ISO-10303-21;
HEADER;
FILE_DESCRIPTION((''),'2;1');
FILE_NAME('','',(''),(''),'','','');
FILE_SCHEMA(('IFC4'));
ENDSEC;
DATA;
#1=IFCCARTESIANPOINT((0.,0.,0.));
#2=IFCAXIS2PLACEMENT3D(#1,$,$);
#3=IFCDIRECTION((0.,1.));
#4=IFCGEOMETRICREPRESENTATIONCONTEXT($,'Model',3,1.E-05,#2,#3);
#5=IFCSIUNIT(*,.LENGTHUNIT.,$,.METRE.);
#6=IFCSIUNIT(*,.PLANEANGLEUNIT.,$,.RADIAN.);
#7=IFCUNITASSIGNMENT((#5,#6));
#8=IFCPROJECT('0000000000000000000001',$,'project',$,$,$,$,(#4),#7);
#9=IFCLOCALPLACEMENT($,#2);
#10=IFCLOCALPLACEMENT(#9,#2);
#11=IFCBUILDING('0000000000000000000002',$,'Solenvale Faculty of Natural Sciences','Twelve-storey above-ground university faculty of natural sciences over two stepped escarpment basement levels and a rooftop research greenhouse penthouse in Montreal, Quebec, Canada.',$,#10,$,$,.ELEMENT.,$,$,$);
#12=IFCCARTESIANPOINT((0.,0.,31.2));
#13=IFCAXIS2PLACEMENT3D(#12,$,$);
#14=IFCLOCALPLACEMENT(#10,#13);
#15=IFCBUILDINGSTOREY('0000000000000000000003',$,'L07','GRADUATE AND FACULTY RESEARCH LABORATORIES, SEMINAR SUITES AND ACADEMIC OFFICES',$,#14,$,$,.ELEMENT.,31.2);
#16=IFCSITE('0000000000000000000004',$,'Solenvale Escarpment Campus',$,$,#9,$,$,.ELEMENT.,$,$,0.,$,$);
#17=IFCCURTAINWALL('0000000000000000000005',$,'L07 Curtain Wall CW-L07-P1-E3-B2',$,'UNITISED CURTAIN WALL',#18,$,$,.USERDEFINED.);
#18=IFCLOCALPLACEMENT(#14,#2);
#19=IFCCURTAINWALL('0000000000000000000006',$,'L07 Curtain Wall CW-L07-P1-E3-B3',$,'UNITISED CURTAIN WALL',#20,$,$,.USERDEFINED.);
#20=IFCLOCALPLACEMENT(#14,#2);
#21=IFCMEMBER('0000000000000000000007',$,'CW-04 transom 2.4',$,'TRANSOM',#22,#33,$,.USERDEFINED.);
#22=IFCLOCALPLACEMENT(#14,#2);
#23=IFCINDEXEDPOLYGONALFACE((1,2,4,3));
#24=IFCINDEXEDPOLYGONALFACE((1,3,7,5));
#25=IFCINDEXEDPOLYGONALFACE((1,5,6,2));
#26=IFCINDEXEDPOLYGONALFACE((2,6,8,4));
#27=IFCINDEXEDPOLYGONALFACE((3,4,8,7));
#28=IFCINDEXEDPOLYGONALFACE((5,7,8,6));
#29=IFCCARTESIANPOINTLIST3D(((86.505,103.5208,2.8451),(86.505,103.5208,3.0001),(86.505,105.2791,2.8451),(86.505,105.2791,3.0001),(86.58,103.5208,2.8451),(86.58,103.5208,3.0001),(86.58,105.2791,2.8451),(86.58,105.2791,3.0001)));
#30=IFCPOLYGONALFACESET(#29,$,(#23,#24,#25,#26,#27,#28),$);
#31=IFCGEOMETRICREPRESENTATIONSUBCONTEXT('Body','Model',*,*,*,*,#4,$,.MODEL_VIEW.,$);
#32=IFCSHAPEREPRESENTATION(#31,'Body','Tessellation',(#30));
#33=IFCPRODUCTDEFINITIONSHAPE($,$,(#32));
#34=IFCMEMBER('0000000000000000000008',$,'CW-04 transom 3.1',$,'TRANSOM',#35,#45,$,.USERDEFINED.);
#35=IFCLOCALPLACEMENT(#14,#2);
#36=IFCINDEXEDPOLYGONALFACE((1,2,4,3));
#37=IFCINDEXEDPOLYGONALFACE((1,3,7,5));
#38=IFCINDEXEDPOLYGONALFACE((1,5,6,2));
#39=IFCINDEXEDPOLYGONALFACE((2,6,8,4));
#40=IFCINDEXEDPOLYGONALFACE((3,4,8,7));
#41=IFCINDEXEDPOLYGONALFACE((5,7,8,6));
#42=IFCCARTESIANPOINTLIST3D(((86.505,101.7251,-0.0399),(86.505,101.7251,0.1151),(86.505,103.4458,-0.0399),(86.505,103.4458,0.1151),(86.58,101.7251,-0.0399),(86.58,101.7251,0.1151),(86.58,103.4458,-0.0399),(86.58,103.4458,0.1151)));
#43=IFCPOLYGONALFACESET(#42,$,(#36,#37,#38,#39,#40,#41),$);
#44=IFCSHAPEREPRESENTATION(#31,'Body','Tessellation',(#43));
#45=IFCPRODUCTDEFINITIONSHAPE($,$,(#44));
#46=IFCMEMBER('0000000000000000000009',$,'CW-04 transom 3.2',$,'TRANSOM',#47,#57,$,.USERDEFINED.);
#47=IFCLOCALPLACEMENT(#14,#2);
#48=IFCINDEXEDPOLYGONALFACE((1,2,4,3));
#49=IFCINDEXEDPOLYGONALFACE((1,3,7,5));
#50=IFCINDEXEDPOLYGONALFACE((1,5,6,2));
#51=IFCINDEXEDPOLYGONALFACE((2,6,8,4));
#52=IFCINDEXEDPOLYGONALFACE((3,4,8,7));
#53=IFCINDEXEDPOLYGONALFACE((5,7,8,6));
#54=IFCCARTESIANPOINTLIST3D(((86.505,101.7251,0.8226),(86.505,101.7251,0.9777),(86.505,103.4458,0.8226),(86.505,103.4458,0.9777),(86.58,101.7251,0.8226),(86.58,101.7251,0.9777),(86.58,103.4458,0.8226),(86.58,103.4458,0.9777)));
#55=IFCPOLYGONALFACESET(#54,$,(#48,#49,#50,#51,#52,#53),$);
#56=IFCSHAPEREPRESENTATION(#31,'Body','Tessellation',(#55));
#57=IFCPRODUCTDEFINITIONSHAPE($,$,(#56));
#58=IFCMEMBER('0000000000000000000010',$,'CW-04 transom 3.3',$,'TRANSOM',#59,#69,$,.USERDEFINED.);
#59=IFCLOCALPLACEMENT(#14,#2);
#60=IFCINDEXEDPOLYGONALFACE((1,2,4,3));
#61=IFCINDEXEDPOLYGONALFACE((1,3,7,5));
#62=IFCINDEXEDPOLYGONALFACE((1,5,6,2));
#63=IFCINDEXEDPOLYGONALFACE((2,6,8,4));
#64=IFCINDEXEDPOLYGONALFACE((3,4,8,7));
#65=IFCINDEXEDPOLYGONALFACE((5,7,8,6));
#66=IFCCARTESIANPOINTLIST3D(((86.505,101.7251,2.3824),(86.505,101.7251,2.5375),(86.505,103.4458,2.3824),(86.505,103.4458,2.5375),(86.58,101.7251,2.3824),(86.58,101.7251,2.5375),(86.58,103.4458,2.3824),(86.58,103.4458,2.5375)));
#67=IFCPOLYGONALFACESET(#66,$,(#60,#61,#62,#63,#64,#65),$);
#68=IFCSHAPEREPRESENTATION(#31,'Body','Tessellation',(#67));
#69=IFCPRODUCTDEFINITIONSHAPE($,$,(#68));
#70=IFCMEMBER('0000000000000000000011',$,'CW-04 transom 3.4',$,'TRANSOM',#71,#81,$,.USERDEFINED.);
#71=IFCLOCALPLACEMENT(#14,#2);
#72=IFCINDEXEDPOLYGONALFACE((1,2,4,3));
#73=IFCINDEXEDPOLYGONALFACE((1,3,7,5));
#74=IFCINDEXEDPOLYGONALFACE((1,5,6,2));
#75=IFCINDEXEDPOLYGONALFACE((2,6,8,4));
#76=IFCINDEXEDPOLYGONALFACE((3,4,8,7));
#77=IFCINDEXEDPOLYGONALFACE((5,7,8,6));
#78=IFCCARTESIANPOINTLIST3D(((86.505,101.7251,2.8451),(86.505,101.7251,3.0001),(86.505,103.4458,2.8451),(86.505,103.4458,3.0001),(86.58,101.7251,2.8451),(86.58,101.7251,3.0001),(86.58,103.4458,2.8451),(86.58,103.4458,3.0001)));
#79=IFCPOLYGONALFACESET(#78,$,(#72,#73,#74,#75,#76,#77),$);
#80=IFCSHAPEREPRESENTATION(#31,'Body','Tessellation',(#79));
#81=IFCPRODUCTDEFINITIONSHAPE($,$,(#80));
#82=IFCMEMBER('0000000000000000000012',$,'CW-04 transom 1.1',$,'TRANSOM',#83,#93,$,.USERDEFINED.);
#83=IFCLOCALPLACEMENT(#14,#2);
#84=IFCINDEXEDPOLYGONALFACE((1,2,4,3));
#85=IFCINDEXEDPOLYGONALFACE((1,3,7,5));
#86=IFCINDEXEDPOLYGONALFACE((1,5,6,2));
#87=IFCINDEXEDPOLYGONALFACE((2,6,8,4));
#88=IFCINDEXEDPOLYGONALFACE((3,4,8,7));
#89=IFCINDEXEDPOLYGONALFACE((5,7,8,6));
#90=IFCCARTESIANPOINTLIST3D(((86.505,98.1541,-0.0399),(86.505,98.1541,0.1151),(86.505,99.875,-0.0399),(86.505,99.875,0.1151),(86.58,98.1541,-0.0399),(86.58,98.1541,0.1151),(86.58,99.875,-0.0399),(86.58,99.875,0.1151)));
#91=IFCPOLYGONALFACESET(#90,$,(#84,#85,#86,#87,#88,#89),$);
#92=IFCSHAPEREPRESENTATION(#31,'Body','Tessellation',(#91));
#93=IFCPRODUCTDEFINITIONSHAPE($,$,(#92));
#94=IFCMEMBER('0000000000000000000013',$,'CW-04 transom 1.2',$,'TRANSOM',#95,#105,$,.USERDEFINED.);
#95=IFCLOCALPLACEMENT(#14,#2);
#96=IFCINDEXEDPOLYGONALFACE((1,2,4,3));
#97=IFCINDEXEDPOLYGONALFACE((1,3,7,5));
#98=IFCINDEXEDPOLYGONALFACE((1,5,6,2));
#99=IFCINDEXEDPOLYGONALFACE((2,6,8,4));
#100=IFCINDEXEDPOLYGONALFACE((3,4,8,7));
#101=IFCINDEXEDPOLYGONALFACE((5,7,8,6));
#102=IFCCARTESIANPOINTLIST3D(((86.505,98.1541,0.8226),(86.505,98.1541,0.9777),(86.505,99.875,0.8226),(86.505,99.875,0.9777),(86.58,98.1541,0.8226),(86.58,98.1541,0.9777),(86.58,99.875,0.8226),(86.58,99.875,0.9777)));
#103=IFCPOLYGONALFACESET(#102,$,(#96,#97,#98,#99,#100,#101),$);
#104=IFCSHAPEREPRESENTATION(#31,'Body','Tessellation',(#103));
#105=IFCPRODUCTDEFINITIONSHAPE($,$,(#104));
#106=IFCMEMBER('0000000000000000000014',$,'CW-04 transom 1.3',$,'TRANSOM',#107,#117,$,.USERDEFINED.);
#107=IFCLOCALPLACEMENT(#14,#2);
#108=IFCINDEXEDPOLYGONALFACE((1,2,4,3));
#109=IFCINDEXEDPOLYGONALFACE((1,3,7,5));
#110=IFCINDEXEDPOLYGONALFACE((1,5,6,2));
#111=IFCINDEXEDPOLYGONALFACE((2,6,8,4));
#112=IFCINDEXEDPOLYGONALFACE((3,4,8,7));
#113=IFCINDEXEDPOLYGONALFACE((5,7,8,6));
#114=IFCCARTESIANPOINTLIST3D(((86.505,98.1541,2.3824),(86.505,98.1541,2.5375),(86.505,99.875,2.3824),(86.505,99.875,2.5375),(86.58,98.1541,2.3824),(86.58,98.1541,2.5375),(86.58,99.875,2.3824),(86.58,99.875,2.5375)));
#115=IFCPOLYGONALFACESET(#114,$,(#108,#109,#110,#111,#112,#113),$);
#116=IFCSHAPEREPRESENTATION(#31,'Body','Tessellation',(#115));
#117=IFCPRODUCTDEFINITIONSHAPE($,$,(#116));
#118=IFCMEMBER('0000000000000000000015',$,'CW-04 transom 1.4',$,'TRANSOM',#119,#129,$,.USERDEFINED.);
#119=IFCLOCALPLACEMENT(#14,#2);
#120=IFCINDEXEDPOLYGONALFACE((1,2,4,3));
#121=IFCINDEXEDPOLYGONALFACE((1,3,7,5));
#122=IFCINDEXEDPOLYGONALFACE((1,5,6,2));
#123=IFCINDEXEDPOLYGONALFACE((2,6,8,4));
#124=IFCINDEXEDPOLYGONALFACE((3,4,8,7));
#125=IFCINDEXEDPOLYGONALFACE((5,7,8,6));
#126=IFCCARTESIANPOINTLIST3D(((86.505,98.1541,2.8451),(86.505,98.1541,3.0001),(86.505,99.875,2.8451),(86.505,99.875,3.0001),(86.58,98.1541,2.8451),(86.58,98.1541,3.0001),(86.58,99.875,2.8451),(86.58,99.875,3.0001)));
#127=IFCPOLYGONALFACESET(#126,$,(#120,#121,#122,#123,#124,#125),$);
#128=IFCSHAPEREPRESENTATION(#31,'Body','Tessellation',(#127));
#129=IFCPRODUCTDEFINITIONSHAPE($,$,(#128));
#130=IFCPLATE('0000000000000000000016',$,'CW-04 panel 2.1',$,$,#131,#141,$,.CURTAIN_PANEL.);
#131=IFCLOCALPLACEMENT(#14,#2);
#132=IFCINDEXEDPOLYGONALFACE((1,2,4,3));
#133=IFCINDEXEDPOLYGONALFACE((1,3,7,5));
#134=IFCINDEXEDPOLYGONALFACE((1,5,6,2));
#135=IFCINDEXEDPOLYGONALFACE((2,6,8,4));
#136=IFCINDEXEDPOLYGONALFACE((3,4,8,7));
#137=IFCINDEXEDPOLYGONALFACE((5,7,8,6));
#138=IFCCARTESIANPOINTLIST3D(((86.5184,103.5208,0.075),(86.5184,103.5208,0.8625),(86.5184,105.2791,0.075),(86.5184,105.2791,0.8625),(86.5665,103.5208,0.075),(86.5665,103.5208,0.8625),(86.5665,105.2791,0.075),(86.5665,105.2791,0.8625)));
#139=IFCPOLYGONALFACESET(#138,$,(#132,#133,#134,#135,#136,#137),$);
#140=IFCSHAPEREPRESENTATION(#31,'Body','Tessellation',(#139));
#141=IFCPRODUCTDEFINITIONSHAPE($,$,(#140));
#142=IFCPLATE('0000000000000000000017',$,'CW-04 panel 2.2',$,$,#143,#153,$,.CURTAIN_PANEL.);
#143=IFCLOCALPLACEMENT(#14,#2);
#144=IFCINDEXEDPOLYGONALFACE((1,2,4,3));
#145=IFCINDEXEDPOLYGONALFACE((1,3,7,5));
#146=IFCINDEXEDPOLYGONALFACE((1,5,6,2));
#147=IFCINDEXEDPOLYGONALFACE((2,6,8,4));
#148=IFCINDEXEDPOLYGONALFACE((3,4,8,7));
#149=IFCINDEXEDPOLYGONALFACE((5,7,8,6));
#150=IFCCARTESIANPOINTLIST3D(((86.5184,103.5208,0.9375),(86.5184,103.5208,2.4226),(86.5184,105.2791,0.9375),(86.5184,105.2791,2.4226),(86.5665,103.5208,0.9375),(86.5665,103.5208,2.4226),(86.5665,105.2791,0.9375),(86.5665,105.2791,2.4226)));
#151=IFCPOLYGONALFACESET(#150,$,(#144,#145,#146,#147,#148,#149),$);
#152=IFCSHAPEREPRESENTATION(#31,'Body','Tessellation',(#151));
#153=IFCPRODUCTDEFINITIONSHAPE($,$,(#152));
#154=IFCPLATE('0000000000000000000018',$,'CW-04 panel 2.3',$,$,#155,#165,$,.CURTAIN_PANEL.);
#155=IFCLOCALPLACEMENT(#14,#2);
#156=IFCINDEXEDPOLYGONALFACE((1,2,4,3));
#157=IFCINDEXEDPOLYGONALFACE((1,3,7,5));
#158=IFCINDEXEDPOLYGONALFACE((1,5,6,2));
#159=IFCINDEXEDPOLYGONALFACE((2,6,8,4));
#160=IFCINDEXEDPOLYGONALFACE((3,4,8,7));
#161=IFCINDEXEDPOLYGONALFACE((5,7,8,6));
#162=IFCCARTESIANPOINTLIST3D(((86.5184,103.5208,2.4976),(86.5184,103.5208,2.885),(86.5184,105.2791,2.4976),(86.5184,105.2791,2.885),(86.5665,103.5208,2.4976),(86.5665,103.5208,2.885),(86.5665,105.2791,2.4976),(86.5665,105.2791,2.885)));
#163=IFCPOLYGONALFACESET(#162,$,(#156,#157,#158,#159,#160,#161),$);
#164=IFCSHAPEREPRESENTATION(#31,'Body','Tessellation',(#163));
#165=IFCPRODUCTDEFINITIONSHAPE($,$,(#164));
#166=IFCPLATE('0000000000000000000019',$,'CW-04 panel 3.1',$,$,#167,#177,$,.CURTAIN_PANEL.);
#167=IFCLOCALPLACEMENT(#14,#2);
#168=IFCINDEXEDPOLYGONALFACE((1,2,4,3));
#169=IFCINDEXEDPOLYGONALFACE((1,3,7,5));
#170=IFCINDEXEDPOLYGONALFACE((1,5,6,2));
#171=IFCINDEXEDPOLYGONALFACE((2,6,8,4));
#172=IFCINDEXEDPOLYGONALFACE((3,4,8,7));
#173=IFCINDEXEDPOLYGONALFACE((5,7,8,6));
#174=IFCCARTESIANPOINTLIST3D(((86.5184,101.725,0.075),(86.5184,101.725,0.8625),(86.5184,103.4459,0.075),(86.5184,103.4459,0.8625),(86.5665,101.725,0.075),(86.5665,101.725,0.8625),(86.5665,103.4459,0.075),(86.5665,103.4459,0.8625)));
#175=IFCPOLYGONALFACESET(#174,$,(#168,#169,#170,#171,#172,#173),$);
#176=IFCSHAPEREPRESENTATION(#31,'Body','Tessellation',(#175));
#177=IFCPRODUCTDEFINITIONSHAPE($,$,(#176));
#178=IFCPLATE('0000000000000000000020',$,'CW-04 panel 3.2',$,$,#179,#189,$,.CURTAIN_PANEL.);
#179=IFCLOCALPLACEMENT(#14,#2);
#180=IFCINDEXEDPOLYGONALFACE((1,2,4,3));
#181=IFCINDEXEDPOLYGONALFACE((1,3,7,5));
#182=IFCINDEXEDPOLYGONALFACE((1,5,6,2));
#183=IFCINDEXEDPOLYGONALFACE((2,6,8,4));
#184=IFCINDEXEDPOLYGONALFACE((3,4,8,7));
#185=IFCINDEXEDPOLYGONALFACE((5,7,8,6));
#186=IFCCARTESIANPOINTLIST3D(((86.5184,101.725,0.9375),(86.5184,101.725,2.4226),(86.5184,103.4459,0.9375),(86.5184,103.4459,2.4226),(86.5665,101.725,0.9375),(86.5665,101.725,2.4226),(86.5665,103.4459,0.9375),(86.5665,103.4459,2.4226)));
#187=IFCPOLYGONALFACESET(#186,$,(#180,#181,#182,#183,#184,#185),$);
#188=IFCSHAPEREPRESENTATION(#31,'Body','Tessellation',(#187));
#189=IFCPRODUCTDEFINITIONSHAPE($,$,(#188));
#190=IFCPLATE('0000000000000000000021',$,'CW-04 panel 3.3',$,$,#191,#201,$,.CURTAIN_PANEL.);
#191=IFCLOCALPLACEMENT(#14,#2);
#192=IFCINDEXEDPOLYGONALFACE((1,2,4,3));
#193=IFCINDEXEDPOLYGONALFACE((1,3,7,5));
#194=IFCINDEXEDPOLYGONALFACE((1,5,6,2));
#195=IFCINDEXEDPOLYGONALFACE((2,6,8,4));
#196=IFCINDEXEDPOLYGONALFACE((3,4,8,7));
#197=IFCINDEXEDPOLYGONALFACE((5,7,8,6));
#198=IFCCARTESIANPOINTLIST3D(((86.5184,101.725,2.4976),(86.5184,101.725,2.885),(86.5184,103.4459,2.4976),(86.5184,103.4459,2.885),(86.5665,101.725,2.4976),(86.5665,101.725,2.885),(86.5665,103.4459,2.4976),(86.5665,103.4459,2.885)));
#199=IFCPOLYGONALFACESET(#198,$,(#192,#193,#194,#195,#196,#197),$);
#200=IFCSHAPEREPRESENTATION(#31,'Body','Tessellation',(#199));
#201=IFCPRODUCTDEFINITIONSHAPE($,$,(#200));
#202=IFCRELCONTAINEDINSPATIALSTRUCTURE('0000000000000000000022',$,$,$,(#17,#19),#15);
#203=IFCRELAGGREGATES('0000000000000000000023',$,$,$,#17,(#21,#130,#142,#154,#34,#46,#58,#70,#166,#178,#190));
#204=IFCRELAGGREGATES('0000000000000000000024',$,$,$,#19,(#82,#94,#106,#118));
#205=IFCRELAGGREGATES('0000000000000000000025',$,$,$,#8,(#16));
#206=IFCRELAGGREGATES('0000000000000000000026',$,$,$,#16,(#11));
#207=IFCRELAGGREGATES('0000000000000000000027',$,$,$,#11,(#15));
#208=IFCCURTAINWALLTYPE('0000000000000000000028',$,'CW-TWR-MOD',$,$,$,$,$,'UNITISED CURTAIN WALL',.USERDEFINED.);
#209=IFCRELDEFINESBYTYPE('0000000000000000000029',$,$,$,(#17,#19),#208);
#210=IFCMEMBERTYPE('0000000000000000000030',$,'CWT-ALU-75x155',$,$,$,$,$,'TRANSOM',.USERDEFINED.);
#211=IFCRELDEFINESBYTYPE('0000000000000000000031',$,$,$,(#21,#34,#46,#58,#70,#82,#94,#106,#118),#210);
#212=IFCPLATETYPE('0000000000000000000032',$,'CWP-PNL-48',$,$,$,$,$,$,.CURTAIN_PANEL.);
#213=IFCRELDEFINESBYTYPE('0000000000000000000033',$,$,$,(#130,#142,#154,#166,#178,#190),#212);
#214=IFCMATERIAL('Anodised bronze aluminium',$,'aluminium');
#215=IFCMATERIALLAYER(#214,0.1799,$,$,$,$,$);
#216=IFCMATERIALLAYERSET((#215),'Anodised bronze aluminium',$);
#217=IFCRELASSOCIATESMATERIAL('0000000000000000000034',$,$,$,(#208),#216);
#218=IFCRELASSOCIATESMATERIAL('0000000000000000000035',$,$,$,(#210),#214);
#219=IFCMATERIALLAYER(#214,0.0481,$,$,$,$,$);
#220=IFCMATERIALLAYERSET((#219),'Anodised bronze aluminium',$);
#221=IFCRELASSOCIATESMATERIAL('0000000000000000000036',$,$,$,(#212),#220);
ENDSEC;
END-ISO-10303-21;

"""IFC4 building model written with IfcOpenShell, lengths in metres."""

from ifc_helpers import new_model, si_unit, direction, frame, origin, origin_2d, place, context, subcontext, project, spatial, rectangle, extrude, material, layer, layer_set, material_profile, profile_set, type_object, element, aggregate, save


model = new_model("IFC4")

# Units and contexts
model_context = context("Model", 3, precision=1e-05, world=origin(), true_north=direction((0.0, 1.0)))
body_context = subcontext(model_context, "Body", "Model", "MODEL_VIEW")
ifc_project = project(units=[si_unit("LENGTHUNIT", "METRE"), si_unit("PLANEANGLEUNIT", "RADIAN")], contexts=[model_context])

# Site, building, storey
site_placement = place(None, origin())
site = spatial("IfcSite", under=ifc_project, at=site_placement, Name="Solenvale Escarpment Campus", CompositionType="ELEMENT", RefElevation=0.0)
building_placement = place(site_placement, origin())
building = spatial("IfcBuilding", under=site, at=building_placement, Name="Solenvale Faculty of Natural Sciences", Description="Twelve-storey above-ground university faculty of natural sciences over two stepped escarpment basement levels and a rooftop research greenhouse penthouse in Montreal, Quebec, Canada.", CompositionType="ELEMENT")
storey_placement = place(building_placement, frame((0.0, 0.0, 31.2)))
storey = spatial("IfcBuildingStorey", under=building, at=storey_placement, Name="L07", Description="GRADUATE AND FACULTY RESEARCH LABORATORIES, SEMINAR SUITES AND ACADEMIC OFFICES", CompositionType="ELEMENT", Elevation=31.2)

# Curtain wall
ifc_material_1 = material(Name="Anodised bronze aluminium", Category="aluminium")
ifc_layer_1 = layer(ifc_material_1, 0.1799)
ifc_layer_set_1 = layer_set([ifc_layer_1], Name="Anodised bronze aluminium")
curtain_wall_type = type_object("IfcCurtainWallType", Name="CW-TWR-MOD", ElementType="UNITISED CURTAIN WALL", PredefinedType="USERDEFINED", material=ifc_layer_set_1)
curtain_wall_1_placement = place(storey_placement, origin())
curtain_wall_1 = element("IfcCurtainWall", 1, at=curtain_wall_1_placement, inside=storey, type_object=curtain_wall_type, Name="L07 Curtain Wall CW-L07-P1-E3-B2", ObjectType="UNITISED CURTAIN WALL", PredefinedType="USERDEFINED")

# Curtain wall
curtain_wall_2_placement = place(storey_placement, origin())
curtain_wall_2 = element("IfcCurtainWall", 2, at=curtain_wall_2_placement, inside=storey, type_object=curtain_wall_type, Name="L07 Curtain Wall CW-L07-P1-E3-B3", ObjectType="UNITISED CURTAIN WALL", PredefinedType="USERDEFINED")

# Members
ifc_material_profile_1 = material_profile(ifc_material_1, rectangle(XDim=0.075, YDim=0.155, at=origin_2d()), Name="ALU-TRN-75x155")
ifc_profile_set_1 = profile_set([ifc_material_profile_1], Name="Anodised bronze aluminium")
member_type_1 = type_object("IfcMemberType", Name="CWT-ALU-75x155", ElementType="TRANSOM", PredefinedType="USERDEFINED", material=ifc_profile_set_1)
member_1_placement = place(storey_placement, frame((86.5425, 105.2791, 2.9226), z_axis=(0.0, -1.0, 0.0), x_axis=(1.0, 0.0, 0.0)))
member_1 = element("IfcMember", 3, at=member_1_placement, type_object=member_type_1, Name="CW-04 transom 2.4", ObjectType="TRANSOM", PredefinedType="USERDEFINED", context=body_context, shape_type="SweptSolid", body=[
    extrude(rectangle(XDim=0.075, YDim=0.155, at=origin_2d()), origin(), (0.0, 0.0, 1.0), 1.7583),
])
member_2_placement = place(storey_placement, frame((86.5425, 103.4458, 0.0376), z_axis=(0.0, -1.0, 0.0), x_axis=(1.0, 0.0, 0.0)))
member_2 = element("IfcMember", 4, at=member_2_placement, type_object=member_type_1, Name="CW-04 transom 3.1", ObjectType="TRANSOM", PredefinedType="USERDEFINED", context=body_context, shape_type="SweptSolid", body=[
    extrude(rectangle(XDim=0.075, YDim=0.155, at=origin_2d()), origin(), (0.0, 0.0, 1.0), 1.7207),
])
member_3_placement = place(storey_placement, frame((86.5425, 103.4458, 0.9001), z_axis=(0.0, -1.0, 0.0), x_axis=(1.0, 0.0, 0.0)))
member_3 = element("IfcMember", 5, at=member_3_placement, type_object=member_type_1, Name="CW-04 transom 3.2", ObjectType="TRANSOM", PredefinedType="USERDEFINED", context=body_context, shape_type="SweptSolid", body=[
    extrude(rectangle(XDim=0.075, YDim=0.155, at=origin_2d()), origin(), (0.0, 0.0, 1.0), 1.7207),
])
member_4_placement = place(storey_placement, frame((86.5425, 103.4458, 2.46), z_axis=(0.0, -1.0, 0.0), x_axis=(1.0, 0.0, 0.0)))
member_4 = element("IfcMember", 6, at=member_4_placement, type_object=member_type_1, Name="CW-04 transom 3.3", ObjectType="TRANSOM", PredefinedType="USERDEFINED", context=body_context, shape_type="SweptSolid", body=[
    extrude(rectangle(XDim=0.075, YDim=0.155, at=origin_2d()), origin(), (0.0, 0.0, 1.0), 1.7207),
])
member_5_placement = place(storey_placement, frame((86.5425, 103.4458, 2.9226), z_axis=(0.0, -1.0, 0.0), x_axis=(1.0, 0.0, 0.0)))
member_5 = element("IfcMember", 7, at=member_5_placement, type_object=member_type_1, Name="CW-04 transom 3.4", ObjectType="TRANSOM", PredefinedType="USERDEFINED", context=body_context, shape_type="SweptSolid", body=[
    extrude(rectangle(XDim=0.075, YDim=0.155, at=origin_2d()), origin(), (0.0, 0.0, 1.0), 1.7207),
])
member_6_placement = place(storey_placement, frame((86.5425, 99.875, 0.0376), z_axis=(0.0, -1.0, 0.0), x_axis=(1.0, 0.0, 0.0)))
member_6 = element("IfcMember", 8, at=member_6_placement, type_object=member_type_1, Name="CW-04 transom 1.1", ObjectType="TRANSOM", PredefinedType="USERDEFINED", context=body_context, shape_type="SweptSolid", body=[
    extrude(rectangle(XDim=0.075, YDim=0.155, at=origin_2d()), origin(), (0.0, 0.0, 1.0), 1.7209),
])
member_7_placement = place(storey_placement, frame((86.5425, 99.875, 0.9001), z_axis=(0.0, -1.0, 0.0), x_axis=(1.0, 0.0, 0.0)))
member_7 = element("IfcMember", 9, at=member_7_placement, type_object=member_type_1, Name="CW-04 transom 1.2", ObjectType="TRANSOM", PredefinedType="USERDEFINED", context=body_context, shape_type="SweptSolid", body=[
    extrude(rectangle(XDim=0.075, YDim=0.155, at=origin_2d()), origin(), (0.0, 0.0, 1.0), 1.7209),
])
member_8_placement = place(storey_placement, frame((86.5425, 99.875, 2.46), z_axis=(0.0, -1.0, 0.0), x_axis=(1.0, 0.0, 0.0)))
member_8 = element("IfcMember", 10, at=member_8_placement, type_object=member_type_1, Name="CW-04 transom 1.3", ObjectType="TRANSOM", PredefinedType="USERDEFINED", context=body_context, shape_type="SweptSolid", body=[
    extrude(rectangle(XDim=0.075, YDim=0.155, at=origin_2d()), origin(), (0.0, 0.0, 1.0), 1.7209),
])
member_9_placement = place(storey_placement, frame((86.5425, 99.875, 2.9226), z_axis=(0.0, -1.0, 0.0), x_axis=(1.0, 0.0, 0.0)))
member_9 = element("IfcMember", 11, at=member_9_placement, type_object=member_type_1, Name="CW-04 transom 1.4", ObjectType="TRANSOM", PredefinedType="USERDEFINED", context=body_context, shape_type="SweptSolid", body=[
    extrude(rectangle(XDim=0.075, YDim=0.155, at=origin_2d()), origin(), (0.0, 0.0, 1.0), 1.7209),
])

# Plates
ifc_layer_2 = layer(ifc_material_1, 0.0481)
ifc_layer_set_2 = layer_set([ifc_layer_2], Name="Anodised bronze aluminium")
plate_type_1 = type_object("IfcPlateType", Name="CWP-PNL-48", PredefinedType="CURTAIN_PANEL", material=ifc_layer_set_2)
plate_1_placement = place(storey_placement, frame((86.5425, 104.3999, 0.075), z_axis=(0.0, 0.0, 1.0), x_axis=(0.0, -1.0, 0.0)))
plate_1 = element("IfcPlate", 12, at=plate_1_placement, type_object=plate_type_1, Name="CW-04 panel 2.1", PredefinedType="CURTAIN_PANEL", context=body_context, shape_type="SweptSolid", body=[
    extrude(rectangle(XDim=1.7583, YDim=0.0481, at=origin_2d()), origin(), (0.0, 0.0, 1.0), 0.7876),
])
plate_2_placement = place(storey_placement, frame((86.5425, 104.3999, 0.9375), z_axis=(0.0, 0.0, 1.0), x_axis=(0.0, -1.0, 0.0)))
plate_2 = element("IfcPlate", 13, at=plate_2_placement, type_object=plate_type_1, Name="CW-04 panel 2.2", PredefinedType="CURTAIN_PANEL", context=body_context, shape_type="SweptSolid", body=[
    extrude(rectangle(XDim=1.7583, YDim=0.0481, at=origin_2d()), origin(), (0.0, 0.0, 1.0), 1.4851),
])
plate_3_placement = place(storey_placement, frame((86.5425, 104.3999, 2.4976), z_axis=(0.0, 0.0, 1.0), x_axis=(0.0, -1.0, 0.0)))
plate_3 = element("IfcPlate", 14, at=plate_3_placement, type_object=plate_type_1, Name="CW-04 panel 2.3", PredefinedType="CURTAIN_PANEL", context=body_context, shape_type="SweptSolid", body=[
    extrude(rectangle(XDim=1.7583, YDim=0.0481, at=origin_2d()), origin(), (0.0, 0.0, 1.0), 0.3875),
])
plate_4_placement = place(storey_placement, frame((86.5425, 102.5854, 0.075), z_axis=(0.0, 0.0, 1.0), x_axis=(0.0, -1.0, 0.0)))
plate_4 = element("IfcPlate", 15, at=plate_4_placement, type_object=plate_type_1, Name="CW-04 panel 3.1", PredefinedType="CURTAIN_PANEL", context=body_context, shape_type="SweptSolid", body=[
    extrude(rectangle(XDim=1.7209, YDim=0.0481, at=origin_2d()), origin(), (0.0, 0.0, 1.0), 0.7876),
])
plate_5_placement = place(storey_placement, frame((86.5425, 102.5854, 0.9375), z_axis=(0.0, 0.0, 1.0), x_axis=(0.0, -1.0, 0.0)))
plate_5 = element("IfcPlate", 16, at=plate_5_placement, type_object=plate_type_1, Name="CW-04 panel 3.2", PredefinedType="CURTAIN_PANEL", context=body_context, shape_type="SweptSolid", body=[
    extrude(rectangle(XDim=1.7209, YDim=0.0481, at=origin_2d()), origin(), (0.0, 0.0, 1.0), 1.4851),
])
plate_6_placement = place(storey_placement, frame((86.5425, 102.5854, 2.4976), z_axis=(0.0, 0.0, 1.0), x_axis=(0.0, -1.0, 0.0)))
plate_6 = element("IfcPlate", 17, at=plate_6_placement, type_object=plate_type_1, Name="CW-04 panel 3.3", PredefinedType="CURTAIN_PANEL", context=body_context, shape_type="SweptSolid", body=[
    extrude(rectangle(XDim=1.7209, YDim=0.0481, at=origin_2d()), origin(), (0.0, 0.0, 1.0), 0.3875),
])
aggregate(curtain_wall_1, [member_1, plate_1, plate_2, plate_3, member_2, member_3, member_4, member_5, plate_4, plate_5, plate_6])
aggregate(curtain_wall_2, [member_6, member_7, member_8, member_9])

save(model, "model.ifc")
